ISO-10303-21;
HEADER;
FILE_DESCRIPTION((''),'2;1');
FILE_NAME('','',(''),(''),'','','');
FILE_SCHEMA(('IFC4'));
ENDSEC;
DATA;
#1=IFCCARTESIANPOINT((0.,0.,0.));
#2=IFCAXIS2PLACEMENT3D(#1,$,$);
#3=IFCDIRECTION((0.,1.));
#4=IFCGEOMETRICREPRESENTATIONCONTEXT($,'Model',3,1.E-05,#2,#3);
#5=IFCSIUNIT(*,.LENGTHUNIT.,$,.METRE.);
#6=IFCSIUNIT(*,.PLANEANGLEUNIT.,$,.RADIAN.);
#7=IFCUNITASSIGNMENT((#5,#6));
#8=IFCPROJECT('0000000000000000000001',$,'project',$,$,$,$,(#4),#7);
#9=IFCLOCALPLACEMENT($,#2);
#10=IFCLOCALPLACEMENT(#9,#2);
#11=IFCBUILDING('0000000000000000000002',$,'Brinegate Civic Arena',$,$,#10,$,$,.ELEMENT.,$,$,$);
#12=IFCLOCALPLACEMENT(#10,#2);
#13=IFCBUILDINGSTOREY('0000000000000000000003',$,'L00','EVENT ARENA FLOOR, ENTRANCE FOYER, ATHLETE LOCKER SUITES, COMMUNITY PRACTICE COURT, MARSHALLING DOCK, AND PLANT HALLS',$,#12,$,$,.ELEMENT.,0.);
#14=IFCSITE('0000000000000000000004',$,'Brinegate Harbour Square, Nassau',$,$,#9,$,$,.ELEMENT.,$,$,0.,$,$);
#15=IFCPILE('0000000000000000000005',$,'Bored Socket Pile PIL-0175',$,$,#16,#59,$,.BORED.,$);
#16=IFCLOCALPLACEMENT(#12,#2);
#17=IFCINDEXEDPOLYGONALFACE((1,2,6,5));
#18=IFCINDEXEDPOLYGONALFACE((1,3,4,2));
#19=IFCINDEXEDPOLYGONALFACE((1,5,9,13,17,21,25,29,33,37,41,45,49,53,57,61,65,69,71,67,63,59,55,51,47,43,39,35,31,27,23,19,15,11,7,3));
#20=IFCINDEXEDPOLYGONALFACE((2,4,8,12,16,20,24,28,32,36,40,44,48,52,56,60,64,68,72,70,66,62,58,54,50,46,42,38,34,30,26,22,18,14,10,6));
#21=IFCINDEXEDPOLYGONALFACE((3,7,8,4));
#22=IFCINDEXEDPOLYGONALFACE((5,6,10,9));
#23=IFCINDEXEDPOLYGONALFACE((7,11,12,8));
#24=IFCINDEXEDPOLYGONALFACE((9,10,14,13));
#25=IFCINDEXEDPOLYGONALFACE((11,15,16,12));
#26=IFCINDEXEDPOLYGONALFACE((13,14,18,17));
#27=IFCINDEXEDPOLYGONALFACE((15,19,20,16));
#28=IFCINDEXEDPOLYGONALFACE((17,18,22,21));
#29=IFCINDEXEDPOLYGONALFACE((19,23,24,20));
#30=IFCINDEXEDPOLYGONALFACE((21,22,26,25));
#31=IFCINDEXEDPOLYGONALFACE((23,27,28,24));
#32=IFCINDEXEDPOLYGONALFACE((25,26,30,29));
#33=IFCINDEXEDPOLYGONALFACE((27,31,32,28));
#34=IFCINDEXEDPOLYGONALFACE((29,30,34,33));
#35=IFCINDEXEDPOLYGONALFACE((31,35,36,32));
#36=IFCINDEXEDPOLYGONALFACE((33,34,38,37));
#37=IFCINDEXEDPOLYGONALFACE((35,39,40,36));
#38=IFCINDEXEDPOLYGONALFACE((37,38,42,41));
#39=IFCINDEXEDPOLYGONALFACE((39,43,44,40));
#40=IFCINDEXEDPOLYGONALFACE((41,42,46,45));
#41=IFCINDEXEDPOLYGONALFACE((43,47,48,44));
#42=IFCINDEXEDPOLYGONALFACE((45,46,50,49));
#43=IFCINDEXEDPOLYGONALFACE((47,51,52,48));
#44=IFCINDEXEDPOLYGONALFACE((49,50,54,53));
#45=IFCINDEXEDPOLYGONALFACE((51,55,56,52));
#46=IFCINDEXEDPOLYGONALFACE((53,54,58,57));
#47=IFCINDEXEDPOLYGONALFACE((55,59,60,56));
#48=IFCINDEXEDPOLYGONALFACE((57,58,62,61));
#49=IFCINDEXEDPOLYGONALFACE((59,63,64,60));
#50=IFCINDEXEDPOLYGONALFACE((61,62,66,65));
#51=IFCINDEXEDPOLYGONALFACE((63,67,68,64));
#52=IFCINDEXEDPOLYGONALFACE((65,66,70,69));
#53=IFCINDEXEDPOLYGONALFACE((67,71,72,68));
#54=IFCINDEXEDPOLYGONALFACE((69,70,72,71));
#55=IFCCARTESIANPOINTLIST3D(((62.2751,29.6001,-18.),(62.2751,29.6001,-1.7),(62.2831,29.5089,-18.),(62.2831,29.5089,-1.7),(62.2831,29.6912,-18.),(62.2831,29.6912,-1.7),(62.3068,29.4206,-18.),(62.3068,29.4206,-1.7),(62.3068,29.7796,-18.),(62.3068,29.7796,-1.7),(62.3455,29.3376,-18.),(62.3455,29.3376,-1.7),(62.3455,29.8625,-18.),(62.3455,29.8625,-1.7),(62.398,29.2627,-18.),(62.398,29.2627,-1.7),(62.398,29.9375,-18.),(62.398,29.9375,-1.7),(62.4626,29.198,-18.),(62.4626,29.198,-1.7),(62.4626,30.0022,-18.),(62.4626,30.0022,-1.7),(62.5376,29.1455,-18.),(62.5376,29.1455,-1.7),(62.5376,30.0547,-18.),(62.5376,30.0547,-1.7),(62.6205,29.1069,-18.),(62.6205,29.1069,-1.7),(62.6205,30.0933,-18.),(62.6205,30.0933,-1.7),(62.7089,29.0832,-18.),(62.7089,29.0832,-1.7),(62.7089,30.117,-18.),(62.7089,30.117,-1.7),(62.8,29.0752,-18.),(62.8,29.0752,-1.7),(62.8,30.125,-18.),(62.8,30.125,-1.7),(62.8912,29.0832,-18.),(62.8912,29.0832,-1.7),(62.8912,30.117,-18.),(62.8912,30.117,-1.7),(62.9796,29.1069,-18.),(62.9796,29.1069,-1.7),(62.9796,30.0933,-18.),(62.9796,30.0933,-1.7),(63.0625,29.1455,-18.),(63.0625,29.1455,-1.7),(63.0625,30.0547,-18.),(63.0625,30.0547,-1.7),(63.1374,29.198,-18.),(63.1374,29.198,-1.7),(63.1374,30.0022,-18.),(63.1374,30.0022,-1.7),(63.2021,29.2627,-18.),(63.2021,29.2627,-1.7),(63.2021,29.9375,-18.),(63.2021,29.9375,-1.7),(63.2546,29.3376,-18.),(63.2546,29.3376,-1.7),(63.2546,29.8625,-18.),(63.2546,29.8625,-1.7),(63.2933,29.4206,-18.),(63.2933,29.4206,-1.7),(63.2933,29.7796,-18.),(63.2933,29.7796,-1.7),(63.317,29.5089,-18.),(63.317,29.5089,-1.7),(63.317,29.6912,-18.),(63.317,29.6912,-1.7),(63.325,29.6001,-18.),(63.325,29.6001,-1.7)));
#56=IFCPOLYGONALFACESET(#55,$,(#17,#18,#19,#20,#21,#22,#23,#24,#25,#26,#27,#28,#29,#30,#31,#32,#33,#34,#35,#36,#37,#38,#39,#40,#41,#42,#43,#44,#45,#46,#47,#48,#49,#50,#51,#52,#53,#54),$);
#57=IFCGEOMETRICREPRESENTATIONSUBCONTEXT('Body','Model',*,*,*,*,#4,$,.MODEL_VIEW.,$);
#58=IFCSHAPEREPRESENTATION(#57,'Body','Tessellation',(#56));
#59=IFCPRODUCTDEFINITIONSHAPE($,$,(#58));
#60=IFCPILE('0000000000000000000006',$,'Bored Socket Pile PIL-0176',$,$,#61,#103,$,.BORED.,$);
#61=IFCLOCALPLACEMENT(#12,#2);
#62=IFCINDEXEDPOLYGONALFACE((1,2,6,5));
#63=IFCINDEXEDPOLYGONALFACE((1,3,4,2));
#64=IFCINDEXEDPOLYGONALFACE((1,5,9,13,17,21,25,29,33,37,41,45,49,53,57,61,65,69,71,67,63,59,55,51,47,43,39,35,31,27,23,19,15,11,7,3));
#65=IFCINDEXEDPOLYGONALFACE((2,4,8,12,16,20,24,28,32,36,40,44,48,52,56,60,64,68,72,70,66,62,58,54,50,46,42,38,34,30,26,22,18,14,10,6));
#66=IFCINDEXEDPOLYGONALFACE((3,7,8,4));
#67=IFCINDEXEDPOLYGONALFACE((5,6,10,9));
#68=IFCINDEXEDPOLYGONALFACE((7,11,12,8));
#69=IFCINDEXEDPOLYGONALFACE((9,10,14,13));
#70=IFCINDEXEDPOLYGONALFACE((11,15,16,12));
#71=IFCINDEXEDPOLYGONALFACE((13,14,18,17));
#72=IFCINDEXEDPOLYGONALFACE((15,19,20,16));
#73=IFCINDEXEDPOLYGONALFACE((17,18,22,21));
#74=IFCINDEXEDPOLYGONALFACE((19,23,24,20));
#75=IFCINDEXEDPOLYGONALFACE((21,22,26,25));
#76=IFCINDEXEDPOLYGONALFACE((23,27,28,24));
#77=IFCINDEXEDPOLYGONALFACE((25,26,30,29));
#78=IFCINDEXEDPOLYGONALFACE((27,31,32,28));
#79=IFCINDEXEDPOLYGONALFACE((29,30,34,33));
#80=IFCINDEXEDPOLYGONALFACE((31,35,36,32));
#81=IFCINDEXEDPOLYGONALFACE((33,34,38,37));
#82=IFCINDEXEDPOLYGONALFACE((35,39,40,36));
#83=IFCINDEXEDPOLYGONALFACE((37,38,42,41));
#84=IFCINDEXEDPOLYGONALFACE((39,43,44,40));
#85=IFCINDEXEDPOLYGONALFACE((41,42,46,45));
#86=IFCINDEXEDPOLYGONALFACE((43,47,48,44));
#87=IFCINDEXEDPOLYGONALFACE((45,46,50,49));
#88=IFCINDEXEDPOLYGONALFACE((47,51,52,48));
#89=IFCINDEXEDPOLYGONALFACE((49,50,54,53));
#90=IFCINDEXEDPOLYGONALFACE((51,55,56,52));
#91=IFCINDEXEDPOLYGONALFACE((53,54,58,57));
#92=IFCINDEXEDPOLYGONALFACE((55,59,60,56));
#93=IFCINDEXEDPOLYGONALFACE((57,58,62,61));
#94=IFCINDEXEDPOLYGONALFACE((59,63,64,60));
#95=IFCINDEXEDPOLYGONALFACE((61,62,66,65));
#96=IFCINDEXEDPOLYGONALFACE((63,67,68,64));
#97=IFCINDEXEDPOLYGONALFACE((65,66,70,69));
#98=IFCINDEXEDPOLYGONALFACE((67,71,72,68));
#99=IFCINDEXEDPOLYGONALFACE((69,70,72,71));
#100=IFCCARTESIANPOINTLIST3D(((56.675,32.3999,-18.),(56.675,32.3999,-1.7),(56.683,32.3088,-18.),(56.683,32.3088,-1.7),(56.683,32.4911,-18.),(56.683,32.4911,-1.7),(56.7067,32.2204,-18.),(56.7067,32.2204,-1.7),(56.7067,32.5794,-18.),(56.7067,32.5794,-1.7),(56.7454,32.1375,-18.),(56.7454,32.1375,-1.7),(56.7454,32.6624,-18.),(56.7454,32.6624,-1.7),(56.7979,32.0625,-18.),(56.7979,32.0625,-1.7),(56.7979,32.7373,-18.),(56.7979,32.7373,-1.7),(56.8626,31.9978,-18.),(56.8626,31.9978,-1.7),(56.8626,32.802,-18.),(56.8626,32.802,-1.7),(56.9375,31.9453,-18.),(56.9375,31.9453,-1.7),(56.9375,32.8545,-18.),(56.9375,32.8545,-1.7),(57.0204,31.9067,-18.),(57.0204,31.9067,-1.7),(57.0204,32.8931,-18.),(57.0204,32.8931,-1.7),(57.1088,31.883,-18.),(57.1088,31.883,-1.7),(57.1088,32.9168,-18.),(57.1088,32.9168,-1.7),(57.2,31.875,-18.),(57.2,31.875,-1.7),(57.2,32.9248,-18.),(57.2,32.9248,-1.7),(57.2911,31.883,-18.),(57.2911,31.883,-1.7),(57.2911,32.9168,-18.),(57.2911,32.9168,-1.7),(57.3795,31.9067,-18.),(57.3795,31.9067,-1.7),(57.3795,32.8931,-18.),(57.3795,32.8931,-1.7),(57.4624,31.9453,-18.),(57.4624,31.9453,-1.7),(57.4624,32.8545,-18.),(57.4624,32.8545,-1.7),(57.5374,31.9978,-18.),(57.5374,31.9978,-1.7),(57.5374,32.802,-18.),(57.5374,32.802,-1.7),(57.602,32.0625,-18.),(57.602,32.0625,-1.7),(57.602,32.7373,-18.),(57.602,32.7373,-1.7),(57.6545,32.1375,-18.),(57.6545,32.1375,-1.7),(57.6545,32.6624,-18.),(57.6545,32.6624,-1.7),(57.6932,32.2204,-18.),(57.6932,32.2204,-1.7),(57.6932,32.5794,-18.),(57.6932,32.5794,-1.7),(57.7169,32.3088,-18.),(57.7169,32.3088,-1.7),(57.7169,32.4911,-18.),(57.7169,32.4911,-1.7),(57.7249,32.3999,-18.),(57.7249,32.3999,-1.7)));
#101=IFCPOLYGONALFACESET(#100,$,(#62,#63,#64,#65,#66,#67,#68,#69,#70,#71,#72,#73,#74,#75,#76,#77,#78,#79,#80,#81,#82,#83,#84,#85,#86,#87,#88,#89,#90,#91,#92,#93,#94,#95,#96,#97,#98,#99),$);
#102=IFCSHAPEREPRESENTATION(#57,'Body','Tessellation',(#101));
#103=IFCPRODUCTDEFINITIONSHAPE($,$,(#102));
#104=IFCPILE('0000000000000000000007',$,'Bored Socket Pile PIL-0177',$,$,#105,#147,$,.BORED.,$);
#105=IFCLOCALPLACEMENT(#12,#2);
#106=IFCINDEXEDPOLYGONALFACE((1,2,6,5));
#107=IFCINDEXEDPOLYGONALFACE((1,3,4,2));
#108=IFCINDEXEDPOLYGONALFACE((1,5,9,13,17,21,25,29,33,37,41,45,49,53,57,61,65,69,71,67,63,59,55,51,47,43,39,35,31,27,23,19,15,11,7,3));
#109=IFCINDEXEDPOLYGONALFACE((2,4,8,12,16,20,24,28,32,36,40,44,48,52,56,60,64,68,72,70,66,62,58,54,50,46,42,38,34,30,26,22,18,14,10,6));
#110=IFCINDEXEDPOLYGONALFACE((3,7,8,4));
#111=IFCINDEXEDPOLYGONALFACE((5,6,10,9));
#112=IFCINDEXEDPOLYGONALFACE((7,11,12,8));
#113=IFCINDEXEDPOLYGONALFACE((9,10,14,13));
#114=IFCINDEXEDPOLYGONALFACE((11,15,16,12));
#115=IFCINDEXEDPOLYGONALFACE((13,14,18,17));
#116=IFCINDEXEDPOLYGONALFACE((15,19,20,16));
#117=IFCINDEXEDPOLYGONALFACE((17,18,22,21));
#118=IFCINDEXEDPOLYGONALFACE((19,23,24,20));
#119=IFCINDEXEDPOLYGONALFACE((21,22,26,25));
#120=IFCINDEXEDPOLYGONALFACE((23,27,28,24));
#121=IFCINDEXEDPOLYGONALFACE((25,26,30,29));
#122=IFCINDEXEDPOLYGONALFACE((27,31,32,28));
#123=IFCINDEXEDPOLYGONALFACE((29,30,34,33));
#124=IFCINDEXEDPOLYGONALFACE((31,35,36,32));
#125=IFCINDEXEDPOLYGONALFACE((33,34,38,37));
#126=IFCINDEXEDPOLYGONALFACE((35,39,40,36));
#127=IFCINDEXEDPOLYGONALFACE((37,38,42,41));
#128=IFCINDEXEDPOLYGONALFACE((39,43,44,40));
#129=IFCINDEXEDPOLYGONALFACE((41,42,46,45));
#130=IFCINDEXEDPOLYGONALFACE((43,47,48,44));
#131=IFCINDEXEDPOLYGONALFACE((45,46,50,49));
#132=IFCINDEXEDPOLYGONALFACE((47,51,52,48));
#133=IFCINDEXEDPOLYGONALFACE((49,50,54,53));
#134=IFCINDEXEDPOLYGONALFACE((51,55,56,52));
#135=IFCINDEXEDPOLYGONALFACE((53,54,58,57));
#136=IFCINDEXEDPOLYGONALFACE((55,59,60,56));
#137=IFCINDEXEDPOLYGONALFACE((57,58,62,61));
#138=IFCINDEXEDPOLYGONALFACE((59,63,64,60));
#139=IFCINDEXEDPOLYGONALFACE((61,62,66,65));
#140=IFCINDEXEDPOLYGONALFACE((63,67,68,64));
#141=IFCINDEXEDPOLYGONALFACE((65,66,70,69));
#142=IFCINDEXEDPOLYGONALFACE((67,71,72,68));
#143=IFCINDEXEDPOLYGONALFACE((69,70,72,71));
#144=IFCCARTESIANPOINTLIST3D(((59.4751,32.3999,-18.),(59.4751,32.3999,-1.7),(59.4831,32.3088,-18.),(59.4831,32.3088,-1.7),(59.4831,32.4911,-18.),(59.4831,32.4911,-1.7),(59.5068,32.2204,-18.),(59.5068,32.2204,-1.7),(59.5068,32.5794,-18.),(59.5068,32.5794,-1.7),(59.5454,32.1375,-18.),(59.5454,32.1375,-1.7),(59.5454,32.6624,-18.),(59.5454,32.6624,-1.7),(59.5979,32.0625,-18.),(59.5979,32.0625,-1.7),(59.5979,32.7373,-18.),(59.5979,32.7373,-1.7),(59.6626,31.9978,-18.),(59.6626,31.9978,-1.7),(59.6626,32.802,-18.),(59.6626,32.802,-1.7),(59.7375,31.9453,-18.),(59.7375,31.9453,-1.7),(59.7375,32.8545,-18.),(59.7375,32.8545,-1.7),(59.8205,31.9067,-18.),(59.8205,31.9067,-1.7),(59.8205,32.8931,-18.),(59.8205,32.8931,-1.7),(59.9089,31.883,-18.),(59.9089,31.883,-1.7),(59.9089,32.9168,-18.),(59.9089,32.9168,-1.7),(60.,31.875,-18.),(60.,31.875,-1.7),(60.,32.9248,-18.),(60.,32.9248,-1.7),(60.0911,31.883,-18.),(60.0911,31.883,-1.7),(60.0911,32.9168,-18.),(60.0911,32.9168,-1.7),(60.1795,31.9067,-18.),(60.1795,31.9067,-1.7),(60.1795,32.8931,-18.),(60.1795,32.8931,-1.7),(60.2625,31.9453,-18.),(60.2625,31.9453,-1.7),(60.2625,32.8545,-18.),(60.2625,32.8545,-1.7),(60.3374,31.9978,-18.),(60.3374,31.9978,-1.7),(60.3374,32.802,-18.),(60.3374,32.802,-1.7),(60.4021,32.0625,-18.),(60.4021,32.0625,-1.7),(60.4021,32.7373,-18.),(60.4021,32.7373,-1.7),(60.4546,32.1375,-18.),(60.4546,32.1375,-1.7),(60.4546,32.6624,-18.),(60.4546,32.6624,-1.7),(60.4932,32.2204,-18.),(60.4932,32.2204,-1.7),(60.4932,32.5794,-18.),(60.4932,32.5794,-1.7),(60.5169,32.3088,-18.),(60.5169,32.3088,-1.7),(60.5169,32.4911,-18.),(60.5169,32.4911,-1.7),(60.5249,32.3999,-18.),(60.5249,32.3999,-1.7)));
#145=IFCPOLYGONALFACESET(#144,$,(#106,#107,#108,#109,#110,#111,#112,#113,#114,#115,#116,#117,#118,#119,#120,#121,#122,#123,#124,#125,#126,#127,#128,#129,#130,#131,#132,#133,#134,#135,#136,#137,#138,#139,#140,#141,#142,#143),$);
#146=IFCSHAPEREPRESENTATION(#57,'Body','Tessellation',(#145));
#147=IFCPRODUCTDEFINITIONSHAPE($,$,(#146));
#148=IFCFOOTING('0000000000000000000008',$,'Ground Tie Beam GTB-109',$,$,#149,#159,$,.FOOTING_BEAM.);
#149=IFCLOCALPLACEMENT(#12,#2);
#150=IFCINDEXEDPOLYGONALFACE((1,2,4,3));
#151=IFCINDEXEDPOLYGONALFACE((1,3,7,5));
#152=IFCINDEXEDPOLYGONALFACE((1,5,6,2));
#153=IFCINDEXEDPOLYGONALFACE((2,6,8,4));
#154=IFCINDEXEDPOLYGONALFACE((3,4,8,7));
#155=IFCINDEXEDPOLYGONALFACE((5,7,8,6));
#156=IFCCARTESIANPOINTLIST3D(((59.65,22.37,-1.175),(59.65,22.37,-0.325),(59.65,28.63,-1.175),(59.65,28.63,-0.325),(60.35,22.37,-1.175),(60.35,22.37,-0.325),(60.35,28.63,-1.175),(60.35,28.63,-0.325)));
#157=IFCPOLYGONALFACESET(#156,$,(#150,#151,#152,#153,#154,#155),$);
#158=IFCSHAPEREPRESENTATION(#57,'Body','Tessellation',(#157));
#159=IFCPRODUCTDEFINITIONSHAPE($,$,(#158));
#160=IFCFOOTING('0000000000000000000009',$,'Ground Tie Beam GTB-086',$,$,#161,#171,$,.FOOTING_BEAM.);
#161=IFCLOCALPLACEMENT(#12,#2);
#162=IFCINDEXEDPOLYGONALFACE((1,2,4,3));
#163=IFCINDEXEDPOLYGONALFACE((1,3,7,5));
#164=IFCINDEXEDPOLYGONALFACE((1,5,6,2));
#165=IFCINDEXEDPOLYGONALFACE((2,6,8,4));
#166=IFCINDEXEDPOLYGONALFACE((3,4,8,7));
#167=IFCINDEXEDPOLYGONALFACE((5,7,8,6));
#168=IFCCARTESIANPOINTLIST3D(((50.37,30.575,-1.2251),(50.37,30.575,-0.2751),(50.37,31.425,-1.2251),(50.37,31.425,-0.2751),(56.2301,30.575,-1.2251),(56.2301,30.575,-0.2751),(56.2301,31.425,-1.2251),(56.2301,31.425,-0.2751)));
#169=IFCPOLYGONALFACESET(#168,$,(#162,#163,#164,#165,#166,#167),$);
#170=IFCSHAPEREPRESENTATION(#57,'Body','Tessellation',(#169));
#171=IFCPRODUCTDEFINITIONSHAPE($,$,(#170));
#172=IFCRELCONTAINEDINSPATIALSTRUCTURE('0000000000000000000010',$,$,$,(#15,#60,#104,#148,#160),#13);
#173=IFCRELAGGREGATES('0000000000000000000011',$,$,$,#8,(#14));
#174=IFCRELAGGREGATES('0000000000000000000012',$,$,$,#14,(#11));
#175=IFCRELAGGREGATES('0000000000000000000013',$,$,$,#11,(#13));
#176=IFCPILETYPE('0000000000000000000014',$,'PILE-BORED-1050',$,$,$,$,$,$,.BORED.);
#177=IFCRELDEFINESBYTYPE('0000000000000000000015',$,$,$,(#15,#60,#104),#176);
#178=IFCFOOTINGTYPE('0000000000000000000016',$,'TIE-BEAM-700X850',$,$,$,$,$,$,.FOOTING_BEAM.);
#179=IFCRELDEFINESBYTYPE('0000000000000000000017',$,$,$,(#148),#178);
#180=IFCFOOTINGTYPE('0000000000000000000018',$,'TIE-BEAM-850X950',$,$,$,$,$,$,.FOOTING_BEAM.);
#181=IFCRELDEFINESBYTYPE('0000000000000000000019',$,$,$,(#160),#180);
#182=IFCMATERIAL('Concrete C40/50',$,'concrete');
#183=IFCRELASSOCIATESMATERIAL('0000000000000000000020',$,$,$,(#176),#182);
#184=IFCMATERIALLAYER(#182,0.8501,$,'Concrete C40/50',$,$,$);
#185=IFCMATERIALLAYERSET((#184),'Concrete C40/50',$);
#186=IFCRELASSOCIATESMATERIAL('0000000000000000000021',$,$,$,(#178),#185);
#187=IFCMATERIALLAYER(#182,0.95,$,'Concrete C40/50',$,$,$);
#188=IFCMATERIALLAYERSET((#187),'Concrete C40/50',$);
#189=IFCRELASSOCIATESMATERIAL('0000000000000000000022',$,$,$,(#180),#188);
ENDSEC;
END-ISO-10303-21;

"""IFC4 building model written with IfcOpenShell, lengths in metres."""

from ifc_helpers import new_model, si_unit, direction, frame, origin, origin_2d, place, context, subcontext, project, spatial, rectangle, circle, extrude, material, layer, layer_set, material_profile, profile_set, type_object, element, save


model = new_model("IFC4")

# Units and contexts
model_context = context("Model", 3, precision=1e-05, world=origin(), true_north=direction((0.0, 1.0)))
body_context = subcontext(model_context, "Body", "Model", "MODEL_VIEW")
ifc_project = project(units=[si_unit("LENGTHUNIT", "METRE"), si_unit("PLANEANGLEUNIT", "RADIAN")], contexts=[model_context])

# Site, building, storey
site_placement = place(None, origin())
site = spatial("IfcSite", under=ifc_project, at=site_placement, Name="Brinegate Harbour Square, Nassau", CompositionType="ELEMENT", RefElevation=0.0)
building_placement = place(site_placement, origin())
building = spatial("IfcBuilding", under=site, at=building_placement, Name="Brinegate Civic Arena", CompositionType="ELEMENT")
storey_placement = place(building_placement, origin())
storey = spatial("IfcBuildingStorey", under=building, at=storey_placement, Name="L00", Description="EVENT ARENA FLOOR, ENTRANCE FOYER, ATHLETE LOCKER SUITES, COMMUNITY PRACTICE COURT, MARSHALLING DOCK, AND PLANT HALLS", CompositionType="ELEMENT", Elevation=0.0)

# Shared definitions
ifc_material_1 = material(Name="Concrete C40/50", Category="concrete")

# Piles
ifc_material_profile_1 = material_profile(ifc_material_1, circle(Radius=0.5249, at=origin_2d()), Name="PILED1050")
ifc_profile_set_1 = profile_set([ifc_material_profile_1], Name="Concrete C40/50")
pile_type = type_object("IfcPileType", Name="PILE-BORED-1050", PredefinedType="BORED", material=ifc_profile_set_1)
for number, where, z_axis, x_axis, name in (
    (1, (62.8, 29.6001, -1.7), (0.0, 0.0, -1.0), (1.0, 0.0, 0.0), "Bored Socket Pile PIL-0175"),
    (2, (57.2, 32.3999, -1.7), (0.0, 0.0, -1.0), (1.0, 0.0, 0.0), "Bored Socket Pile PIL-0176"),
    (3, (60.0, 32.3999, -1.7), (0.0, 0.0, -1.0), (1.0, 0.0, 0.0), "Bored Socket Pile PIL-0177"),
):
    element("IfcPile", number, at=place(storey_placement, frame(where, z_axis=z_axis, x_axis=x_axis)), inside=storey, type_object=pile_type, Name=name, PredefinedType="BORED", context=body_context, shape_type="SweptSolid", body=[
        extrude(circle(Radius=0.5249, at=origin_2d()), origin(), (0.0, 0.0, 1.0), 16.3),
    ])

# Footings
ifc_layer_1 = layer(ifc_material_1, 0.8501, Name="Concrete C40/50")
ifc_layer_set_1 = layer_set([ifc_layer_1], Name="Concrete C40/50")
footing_type_1 = type_object("IfcFootingType", Name="TIE-BEAM-700X850", PredefinedType="FOOTING_BEAM", material=ifc_layer_set_1)
footing_1_placement = place(storey_placement, frame((60.0, 25.5, -1.175), z_axis=(0.0, 0.0, 1.0), x_axis=(0.0, 1.0, 0.0)))
element("IfcFooting", 4, at=footing_1_placement, inside=storey, type_object=footing_type_1, Name="Ground Tie Beam GTB-109", PredefinedType="FOOTING_BEAM", context=body_context, shape_type="SweptSolid", body=[
    extrude(rectangle(XDim=6.26, YDim=0.7, at=origin_2d()), origin(), (0.0, 0.0, 1.0), 0.8501),
])
ifc_layer_2 = layer(ifc_material_1, 0.95, Name="Concrete C40/50")
ifc_layer_set_2 = layer_set([ifc_layer_2], Name="Concrete C40/50")
footing_type_2 = type_object("IfcFootingType", Name="TIE-BEAM-850X950", PredefinedType="FOOTING_BEAM", material=ifc_layer_set_2)
footing_2_placement = place(storey_placement, frame((53.3, 31.0, -1.2251), z_axis=(0.0, 0.0, 1.0), x_axis=(1.0, 0.0, 0.0)))
element("IfcFooting", 5, at=footing_2_placement, inside=storey, type_object=footing_type_2, Name="Ground Tie Beam GTB-086", PredefinedType="FOOTING_BEAM", context=body_context, shape_type="SweptSolid", body=[
    extrude(rectangle(XDim=5.8601, YDim=0.8501, at=origin_2d()), origin(), (0.0, 0.0, 1.0), 0.95),
])

save(model, "model.ifc")
